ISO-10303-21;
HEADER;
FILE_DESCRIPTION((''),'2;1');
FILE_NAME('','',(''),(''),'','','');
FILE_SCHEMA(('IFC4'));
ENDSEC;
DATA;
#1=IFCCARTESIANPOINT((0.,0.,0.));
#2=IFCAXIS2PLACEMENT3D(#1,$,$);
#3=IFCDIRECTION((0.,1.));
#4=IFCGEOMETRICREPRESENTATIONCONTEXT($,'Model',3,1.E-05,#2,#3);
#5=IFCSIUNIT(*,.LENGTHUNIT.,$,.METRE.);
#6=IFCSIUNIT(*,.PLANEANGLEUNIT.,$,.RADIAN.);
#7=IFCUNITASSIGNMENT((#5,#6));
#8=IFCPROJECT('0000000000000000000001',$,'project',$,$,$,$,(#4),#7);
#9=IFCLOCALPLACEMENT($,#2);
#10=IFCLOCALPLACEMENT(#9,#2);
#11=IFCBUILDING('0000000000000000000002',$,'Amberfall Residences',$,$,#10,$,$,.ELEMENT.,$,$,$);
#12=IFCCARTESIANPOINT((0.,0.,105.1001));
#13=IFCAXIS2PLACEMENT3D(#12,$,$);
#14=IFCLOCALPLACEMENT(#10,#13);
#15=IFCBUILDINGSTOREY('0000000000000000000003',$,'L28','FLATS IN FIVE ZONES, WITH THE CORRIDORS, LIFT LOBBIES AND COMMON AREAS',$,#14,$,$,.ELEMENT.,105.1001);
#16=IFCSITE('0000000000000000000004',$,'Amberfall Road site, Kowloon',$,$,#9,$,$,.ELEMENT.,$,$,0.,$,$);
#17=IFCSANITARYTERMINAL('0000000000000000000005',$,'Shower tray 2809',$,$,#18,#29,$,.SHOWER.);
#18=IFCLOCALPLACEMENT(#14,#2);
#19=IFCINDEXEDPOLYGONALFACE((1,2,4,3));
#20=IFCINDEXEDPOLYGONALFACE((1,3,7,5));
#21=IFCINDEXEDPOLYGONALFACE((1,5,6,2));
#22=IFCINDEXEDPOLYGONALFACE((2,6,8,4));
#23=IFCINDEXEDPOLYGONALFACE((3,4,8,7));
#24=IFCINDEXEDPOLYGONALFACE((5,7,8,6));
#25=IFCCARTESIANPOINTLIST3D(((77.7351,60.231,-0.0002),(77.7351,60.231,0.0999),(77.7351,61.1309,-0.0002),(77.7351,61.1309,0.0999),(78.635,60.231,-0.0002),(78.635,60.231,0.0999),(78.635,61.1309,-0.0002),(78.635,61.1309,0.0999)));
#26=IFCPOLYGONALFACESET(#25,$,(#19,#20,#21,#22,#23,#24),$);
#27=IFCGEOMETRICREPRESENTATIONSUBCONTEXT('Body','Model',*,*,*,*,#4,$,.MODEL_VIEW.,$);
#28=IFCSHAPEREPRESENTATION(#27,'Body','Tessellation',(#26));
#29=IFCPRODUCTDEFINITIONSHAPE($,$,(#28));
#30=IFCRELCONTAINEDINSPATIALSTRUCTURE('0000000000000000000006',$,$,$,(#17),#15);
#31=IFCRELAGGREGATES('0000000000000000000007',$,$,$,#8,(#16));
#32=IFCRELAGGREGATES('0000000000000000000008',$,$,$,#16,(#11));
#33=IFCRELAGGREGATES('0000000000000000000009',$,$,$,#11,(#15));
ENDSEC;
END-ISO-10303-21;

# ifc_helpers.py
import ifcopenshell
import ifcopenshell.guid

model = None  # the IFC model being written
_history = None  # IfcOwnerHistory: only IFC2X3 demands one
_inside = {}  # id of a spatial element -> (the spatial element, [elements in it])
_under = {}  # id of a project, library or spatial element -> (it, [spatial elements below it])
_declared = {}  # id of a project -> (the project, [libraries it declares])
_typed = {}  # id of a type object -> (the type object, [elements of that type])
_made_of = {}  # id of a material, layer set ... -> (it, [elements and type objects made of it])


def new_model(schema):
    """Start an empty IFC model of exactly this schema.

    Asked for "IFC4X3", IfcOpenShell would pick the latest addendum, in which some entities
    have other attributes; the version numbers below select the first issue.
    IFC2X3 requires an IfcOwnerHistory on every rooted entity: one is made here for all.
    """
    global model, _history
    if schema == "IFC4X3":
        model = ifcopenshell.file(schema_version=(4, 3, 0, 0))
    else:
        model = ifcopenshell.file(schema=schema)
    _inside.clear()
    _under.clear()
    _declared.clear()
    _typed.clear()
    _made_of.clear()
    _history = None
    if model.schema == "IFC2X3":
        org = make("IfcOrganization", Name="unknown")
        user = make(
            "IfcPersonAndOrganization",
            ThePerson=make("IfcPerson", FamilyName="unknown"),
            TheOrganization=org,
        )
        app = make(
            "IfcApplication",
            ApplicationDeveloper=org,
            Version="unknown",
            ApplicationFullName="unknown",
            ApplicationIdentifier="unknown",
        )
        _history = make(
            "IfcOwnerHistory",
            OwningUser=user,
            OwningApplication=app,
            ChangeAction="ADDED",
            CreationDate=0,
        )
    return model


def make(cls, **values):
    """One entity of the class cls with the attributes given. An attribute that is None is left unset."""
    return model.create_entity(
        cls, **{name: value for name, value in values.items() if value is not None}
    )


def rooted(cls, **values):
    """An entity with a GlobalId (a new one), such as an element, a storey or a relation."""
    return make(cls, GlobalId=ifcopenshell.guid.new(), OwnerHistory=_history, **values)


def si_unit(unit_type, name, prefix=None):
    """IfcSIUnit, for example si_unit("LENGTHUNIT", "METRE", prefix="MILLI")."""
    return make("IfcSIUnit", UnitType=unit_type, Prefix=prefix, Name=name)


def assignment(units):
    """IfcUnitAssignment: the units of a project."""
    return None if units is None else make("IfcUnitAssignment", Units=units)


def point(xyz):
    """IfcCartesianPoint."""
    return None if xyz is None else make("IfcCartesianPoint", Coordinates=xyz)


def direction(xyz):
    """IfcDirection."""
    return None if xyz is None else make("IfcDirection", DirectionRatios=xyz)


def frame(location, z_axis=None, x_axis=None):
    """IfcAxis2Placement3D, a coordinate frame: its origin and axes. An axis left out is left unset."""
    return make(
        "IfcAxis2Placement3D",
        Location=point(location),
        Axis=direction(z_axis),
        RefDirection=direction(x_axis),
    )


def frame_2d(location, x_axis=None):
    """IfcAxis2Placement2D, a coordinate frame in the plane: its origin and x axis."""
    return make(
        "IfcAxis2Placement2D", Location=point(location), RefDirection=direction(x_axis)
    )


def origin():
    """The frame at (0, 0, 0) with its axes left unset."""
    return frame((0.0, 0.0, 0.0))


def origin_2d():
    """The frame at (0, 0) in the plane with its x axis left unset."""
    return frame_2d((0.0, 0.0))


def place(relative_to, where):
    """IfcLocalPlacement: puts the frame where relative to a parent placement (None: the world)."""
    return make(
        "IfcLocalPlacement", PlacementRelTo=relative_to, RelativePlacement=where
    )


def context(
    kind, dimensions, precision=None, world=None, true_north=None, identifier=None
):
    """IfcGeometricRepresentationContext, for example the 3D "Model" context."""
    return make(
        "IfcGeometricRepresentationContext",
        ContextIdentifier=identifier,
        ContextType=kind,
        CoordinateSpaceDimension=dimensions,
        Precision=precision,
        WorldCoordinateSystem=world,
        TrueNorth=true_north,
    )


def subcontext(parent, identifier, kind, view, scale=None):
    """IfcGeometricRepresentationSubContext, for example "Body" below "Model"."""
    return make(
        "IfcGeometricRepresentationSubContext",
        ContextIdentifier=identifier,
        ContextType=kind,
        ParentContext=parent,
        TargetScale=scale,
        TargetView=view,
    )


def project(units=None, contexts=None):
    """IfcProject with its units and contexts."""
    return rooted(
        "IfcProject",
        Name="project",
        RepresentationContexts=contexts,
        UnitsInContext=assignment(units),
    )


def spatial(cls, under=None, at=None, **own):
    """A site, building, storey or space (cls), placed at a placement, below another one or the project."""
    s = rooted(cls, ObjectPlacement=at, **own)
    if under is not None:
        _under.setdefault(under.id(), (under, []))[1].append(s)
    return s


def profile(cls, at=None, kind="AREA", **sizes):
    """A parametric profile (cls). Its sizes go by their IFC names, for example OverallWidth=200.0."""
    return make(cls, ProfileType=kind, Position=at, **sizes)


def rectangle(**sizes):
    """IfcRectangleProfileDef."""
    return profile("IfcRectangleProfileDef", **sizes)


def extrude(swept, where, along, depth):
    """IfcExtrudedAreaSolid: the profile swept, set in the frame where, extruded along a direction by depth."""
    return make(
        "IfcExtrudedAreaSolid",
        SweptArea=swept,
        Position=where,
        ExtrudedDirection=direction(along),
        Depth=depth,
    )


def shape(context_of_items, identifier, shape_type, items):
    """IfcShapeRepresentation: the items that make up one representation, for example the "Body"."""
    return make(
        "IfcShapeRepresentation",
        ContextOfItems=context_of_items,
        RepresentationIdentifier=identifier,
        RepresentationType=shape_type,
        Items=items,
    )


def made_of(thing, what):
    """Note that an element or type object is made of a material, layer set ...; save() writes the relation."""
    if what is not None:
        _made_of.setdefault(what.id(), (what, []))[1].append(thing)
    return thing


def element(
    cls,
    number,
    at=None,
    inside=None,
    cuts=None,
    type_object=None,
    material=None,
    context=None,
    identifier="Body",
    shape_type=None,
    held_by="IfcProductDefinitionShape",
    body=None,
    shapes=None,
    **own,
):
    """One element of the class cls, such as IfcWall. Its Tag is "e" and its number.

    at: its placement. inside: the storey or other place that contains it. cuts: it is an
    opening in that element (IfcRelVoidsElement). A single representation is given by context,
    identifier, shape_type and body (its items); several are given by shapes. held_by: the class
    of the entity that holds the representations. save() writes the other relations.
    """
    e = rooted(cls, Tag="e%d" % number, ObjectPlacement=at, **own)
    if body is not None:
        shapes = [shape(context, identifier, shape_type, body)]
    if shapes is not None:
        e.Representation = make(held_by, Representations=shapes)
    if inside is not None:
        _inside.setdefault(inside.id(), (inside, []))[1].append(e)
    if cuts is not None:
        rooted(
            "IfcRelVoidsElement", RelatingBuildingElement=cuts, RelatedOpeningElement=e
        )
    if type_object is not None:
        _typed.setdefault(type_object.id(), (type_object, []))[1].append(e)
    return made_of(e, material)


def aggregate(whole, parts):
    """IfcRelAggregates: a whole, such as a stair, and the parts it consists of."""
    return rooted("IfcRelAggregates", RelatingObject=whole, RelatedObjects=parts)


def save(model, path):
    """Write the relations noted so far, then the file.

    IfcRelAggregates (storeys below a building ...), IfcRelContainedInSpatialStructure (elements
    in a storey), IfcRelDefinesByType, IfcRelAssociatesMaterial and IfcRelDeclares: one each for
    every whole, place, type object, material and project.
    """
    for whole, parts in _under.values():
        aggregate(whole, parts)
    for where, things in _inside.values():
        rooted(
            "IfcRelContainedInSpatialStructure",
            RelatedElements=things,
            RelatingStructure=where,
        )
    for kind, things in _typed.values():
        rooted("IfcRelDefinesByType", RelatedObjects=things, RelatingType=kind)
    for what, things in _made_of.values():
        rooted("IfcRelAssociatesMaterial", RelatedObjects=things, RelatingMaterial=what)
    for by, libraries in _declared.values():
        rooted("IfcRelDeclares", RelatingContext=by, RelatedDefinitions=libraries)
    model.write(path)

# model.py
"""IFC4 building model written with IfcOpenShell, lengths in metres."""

from ifc_helpers import new_model, si_unit, direction, frame, origin, origin_2d, place, context, subcontext, project, spatial, rectangle, extrude, element, save


model = new_model("IFC4")

# Units and contexts
model_context = context("Model", 3, precision=1e-05, world=origin(), true_north=direction((0.0, 1.0)))
body_context = subcontext(model_context, "Body", "Model", "MODEL_VIEW")
ifc_project = project(units=[si_unit("LENGTHUNIT", "METRE"), si_unit("PLANEANGLEUNIT", "RADIAN")], contexts=[model_context])

# Site, building, storey
site_placement = place(None, origin())
site = spatial("IfcSite", under=ifc_project, at=site_placement, Name="Amberfall Road site, Kowloon", CompositionType="ELEMENT", RefElevation=0.0)
building_placement = place(site_placement, origin())
building = spatial("IfcBuilding", under=site, at=building_placement, Name="Amberfall Residences", CompositionType="ELEMENT")
storey_placement = place(building_placement, frame((0.0, 0.0, 105.1001)))
storey = spatial("IfcBuildingStorey", under=building, at=storey_placement, Name="L28", Description="FLATS IN FIVE ZONES, WITH THE CORRIDORS, LIFT LOBBIES AND COMMON AREAS", CompositionType="ELEMENT", Elevation=105.1001)

# Sanitary terminal
for number, where, z_axis, x_axis, name in (
    (1, (78.1851, 60.6809, -0.0002), (0.0, 0.0, 1.0), (1.0, 0.0, 0.0), "Shower tray 2809"),
):
    element("IfcSanitaryTerminal", number, at=place(storey_placement, frame(where, z_axis=z_axis, x_axis=x_axis)), inside=storey, Name=name, PredefinedType="SHOWER", context=body_context, shape_type="SweptSolid", body=[
        extrude(rectangle(XDim=0.8999, YDim=0.8999, at=origin_2d()), origin(), (0.0, 0.0, 1.0), 0.1001),
    ])

save(model, "model.ifc")
